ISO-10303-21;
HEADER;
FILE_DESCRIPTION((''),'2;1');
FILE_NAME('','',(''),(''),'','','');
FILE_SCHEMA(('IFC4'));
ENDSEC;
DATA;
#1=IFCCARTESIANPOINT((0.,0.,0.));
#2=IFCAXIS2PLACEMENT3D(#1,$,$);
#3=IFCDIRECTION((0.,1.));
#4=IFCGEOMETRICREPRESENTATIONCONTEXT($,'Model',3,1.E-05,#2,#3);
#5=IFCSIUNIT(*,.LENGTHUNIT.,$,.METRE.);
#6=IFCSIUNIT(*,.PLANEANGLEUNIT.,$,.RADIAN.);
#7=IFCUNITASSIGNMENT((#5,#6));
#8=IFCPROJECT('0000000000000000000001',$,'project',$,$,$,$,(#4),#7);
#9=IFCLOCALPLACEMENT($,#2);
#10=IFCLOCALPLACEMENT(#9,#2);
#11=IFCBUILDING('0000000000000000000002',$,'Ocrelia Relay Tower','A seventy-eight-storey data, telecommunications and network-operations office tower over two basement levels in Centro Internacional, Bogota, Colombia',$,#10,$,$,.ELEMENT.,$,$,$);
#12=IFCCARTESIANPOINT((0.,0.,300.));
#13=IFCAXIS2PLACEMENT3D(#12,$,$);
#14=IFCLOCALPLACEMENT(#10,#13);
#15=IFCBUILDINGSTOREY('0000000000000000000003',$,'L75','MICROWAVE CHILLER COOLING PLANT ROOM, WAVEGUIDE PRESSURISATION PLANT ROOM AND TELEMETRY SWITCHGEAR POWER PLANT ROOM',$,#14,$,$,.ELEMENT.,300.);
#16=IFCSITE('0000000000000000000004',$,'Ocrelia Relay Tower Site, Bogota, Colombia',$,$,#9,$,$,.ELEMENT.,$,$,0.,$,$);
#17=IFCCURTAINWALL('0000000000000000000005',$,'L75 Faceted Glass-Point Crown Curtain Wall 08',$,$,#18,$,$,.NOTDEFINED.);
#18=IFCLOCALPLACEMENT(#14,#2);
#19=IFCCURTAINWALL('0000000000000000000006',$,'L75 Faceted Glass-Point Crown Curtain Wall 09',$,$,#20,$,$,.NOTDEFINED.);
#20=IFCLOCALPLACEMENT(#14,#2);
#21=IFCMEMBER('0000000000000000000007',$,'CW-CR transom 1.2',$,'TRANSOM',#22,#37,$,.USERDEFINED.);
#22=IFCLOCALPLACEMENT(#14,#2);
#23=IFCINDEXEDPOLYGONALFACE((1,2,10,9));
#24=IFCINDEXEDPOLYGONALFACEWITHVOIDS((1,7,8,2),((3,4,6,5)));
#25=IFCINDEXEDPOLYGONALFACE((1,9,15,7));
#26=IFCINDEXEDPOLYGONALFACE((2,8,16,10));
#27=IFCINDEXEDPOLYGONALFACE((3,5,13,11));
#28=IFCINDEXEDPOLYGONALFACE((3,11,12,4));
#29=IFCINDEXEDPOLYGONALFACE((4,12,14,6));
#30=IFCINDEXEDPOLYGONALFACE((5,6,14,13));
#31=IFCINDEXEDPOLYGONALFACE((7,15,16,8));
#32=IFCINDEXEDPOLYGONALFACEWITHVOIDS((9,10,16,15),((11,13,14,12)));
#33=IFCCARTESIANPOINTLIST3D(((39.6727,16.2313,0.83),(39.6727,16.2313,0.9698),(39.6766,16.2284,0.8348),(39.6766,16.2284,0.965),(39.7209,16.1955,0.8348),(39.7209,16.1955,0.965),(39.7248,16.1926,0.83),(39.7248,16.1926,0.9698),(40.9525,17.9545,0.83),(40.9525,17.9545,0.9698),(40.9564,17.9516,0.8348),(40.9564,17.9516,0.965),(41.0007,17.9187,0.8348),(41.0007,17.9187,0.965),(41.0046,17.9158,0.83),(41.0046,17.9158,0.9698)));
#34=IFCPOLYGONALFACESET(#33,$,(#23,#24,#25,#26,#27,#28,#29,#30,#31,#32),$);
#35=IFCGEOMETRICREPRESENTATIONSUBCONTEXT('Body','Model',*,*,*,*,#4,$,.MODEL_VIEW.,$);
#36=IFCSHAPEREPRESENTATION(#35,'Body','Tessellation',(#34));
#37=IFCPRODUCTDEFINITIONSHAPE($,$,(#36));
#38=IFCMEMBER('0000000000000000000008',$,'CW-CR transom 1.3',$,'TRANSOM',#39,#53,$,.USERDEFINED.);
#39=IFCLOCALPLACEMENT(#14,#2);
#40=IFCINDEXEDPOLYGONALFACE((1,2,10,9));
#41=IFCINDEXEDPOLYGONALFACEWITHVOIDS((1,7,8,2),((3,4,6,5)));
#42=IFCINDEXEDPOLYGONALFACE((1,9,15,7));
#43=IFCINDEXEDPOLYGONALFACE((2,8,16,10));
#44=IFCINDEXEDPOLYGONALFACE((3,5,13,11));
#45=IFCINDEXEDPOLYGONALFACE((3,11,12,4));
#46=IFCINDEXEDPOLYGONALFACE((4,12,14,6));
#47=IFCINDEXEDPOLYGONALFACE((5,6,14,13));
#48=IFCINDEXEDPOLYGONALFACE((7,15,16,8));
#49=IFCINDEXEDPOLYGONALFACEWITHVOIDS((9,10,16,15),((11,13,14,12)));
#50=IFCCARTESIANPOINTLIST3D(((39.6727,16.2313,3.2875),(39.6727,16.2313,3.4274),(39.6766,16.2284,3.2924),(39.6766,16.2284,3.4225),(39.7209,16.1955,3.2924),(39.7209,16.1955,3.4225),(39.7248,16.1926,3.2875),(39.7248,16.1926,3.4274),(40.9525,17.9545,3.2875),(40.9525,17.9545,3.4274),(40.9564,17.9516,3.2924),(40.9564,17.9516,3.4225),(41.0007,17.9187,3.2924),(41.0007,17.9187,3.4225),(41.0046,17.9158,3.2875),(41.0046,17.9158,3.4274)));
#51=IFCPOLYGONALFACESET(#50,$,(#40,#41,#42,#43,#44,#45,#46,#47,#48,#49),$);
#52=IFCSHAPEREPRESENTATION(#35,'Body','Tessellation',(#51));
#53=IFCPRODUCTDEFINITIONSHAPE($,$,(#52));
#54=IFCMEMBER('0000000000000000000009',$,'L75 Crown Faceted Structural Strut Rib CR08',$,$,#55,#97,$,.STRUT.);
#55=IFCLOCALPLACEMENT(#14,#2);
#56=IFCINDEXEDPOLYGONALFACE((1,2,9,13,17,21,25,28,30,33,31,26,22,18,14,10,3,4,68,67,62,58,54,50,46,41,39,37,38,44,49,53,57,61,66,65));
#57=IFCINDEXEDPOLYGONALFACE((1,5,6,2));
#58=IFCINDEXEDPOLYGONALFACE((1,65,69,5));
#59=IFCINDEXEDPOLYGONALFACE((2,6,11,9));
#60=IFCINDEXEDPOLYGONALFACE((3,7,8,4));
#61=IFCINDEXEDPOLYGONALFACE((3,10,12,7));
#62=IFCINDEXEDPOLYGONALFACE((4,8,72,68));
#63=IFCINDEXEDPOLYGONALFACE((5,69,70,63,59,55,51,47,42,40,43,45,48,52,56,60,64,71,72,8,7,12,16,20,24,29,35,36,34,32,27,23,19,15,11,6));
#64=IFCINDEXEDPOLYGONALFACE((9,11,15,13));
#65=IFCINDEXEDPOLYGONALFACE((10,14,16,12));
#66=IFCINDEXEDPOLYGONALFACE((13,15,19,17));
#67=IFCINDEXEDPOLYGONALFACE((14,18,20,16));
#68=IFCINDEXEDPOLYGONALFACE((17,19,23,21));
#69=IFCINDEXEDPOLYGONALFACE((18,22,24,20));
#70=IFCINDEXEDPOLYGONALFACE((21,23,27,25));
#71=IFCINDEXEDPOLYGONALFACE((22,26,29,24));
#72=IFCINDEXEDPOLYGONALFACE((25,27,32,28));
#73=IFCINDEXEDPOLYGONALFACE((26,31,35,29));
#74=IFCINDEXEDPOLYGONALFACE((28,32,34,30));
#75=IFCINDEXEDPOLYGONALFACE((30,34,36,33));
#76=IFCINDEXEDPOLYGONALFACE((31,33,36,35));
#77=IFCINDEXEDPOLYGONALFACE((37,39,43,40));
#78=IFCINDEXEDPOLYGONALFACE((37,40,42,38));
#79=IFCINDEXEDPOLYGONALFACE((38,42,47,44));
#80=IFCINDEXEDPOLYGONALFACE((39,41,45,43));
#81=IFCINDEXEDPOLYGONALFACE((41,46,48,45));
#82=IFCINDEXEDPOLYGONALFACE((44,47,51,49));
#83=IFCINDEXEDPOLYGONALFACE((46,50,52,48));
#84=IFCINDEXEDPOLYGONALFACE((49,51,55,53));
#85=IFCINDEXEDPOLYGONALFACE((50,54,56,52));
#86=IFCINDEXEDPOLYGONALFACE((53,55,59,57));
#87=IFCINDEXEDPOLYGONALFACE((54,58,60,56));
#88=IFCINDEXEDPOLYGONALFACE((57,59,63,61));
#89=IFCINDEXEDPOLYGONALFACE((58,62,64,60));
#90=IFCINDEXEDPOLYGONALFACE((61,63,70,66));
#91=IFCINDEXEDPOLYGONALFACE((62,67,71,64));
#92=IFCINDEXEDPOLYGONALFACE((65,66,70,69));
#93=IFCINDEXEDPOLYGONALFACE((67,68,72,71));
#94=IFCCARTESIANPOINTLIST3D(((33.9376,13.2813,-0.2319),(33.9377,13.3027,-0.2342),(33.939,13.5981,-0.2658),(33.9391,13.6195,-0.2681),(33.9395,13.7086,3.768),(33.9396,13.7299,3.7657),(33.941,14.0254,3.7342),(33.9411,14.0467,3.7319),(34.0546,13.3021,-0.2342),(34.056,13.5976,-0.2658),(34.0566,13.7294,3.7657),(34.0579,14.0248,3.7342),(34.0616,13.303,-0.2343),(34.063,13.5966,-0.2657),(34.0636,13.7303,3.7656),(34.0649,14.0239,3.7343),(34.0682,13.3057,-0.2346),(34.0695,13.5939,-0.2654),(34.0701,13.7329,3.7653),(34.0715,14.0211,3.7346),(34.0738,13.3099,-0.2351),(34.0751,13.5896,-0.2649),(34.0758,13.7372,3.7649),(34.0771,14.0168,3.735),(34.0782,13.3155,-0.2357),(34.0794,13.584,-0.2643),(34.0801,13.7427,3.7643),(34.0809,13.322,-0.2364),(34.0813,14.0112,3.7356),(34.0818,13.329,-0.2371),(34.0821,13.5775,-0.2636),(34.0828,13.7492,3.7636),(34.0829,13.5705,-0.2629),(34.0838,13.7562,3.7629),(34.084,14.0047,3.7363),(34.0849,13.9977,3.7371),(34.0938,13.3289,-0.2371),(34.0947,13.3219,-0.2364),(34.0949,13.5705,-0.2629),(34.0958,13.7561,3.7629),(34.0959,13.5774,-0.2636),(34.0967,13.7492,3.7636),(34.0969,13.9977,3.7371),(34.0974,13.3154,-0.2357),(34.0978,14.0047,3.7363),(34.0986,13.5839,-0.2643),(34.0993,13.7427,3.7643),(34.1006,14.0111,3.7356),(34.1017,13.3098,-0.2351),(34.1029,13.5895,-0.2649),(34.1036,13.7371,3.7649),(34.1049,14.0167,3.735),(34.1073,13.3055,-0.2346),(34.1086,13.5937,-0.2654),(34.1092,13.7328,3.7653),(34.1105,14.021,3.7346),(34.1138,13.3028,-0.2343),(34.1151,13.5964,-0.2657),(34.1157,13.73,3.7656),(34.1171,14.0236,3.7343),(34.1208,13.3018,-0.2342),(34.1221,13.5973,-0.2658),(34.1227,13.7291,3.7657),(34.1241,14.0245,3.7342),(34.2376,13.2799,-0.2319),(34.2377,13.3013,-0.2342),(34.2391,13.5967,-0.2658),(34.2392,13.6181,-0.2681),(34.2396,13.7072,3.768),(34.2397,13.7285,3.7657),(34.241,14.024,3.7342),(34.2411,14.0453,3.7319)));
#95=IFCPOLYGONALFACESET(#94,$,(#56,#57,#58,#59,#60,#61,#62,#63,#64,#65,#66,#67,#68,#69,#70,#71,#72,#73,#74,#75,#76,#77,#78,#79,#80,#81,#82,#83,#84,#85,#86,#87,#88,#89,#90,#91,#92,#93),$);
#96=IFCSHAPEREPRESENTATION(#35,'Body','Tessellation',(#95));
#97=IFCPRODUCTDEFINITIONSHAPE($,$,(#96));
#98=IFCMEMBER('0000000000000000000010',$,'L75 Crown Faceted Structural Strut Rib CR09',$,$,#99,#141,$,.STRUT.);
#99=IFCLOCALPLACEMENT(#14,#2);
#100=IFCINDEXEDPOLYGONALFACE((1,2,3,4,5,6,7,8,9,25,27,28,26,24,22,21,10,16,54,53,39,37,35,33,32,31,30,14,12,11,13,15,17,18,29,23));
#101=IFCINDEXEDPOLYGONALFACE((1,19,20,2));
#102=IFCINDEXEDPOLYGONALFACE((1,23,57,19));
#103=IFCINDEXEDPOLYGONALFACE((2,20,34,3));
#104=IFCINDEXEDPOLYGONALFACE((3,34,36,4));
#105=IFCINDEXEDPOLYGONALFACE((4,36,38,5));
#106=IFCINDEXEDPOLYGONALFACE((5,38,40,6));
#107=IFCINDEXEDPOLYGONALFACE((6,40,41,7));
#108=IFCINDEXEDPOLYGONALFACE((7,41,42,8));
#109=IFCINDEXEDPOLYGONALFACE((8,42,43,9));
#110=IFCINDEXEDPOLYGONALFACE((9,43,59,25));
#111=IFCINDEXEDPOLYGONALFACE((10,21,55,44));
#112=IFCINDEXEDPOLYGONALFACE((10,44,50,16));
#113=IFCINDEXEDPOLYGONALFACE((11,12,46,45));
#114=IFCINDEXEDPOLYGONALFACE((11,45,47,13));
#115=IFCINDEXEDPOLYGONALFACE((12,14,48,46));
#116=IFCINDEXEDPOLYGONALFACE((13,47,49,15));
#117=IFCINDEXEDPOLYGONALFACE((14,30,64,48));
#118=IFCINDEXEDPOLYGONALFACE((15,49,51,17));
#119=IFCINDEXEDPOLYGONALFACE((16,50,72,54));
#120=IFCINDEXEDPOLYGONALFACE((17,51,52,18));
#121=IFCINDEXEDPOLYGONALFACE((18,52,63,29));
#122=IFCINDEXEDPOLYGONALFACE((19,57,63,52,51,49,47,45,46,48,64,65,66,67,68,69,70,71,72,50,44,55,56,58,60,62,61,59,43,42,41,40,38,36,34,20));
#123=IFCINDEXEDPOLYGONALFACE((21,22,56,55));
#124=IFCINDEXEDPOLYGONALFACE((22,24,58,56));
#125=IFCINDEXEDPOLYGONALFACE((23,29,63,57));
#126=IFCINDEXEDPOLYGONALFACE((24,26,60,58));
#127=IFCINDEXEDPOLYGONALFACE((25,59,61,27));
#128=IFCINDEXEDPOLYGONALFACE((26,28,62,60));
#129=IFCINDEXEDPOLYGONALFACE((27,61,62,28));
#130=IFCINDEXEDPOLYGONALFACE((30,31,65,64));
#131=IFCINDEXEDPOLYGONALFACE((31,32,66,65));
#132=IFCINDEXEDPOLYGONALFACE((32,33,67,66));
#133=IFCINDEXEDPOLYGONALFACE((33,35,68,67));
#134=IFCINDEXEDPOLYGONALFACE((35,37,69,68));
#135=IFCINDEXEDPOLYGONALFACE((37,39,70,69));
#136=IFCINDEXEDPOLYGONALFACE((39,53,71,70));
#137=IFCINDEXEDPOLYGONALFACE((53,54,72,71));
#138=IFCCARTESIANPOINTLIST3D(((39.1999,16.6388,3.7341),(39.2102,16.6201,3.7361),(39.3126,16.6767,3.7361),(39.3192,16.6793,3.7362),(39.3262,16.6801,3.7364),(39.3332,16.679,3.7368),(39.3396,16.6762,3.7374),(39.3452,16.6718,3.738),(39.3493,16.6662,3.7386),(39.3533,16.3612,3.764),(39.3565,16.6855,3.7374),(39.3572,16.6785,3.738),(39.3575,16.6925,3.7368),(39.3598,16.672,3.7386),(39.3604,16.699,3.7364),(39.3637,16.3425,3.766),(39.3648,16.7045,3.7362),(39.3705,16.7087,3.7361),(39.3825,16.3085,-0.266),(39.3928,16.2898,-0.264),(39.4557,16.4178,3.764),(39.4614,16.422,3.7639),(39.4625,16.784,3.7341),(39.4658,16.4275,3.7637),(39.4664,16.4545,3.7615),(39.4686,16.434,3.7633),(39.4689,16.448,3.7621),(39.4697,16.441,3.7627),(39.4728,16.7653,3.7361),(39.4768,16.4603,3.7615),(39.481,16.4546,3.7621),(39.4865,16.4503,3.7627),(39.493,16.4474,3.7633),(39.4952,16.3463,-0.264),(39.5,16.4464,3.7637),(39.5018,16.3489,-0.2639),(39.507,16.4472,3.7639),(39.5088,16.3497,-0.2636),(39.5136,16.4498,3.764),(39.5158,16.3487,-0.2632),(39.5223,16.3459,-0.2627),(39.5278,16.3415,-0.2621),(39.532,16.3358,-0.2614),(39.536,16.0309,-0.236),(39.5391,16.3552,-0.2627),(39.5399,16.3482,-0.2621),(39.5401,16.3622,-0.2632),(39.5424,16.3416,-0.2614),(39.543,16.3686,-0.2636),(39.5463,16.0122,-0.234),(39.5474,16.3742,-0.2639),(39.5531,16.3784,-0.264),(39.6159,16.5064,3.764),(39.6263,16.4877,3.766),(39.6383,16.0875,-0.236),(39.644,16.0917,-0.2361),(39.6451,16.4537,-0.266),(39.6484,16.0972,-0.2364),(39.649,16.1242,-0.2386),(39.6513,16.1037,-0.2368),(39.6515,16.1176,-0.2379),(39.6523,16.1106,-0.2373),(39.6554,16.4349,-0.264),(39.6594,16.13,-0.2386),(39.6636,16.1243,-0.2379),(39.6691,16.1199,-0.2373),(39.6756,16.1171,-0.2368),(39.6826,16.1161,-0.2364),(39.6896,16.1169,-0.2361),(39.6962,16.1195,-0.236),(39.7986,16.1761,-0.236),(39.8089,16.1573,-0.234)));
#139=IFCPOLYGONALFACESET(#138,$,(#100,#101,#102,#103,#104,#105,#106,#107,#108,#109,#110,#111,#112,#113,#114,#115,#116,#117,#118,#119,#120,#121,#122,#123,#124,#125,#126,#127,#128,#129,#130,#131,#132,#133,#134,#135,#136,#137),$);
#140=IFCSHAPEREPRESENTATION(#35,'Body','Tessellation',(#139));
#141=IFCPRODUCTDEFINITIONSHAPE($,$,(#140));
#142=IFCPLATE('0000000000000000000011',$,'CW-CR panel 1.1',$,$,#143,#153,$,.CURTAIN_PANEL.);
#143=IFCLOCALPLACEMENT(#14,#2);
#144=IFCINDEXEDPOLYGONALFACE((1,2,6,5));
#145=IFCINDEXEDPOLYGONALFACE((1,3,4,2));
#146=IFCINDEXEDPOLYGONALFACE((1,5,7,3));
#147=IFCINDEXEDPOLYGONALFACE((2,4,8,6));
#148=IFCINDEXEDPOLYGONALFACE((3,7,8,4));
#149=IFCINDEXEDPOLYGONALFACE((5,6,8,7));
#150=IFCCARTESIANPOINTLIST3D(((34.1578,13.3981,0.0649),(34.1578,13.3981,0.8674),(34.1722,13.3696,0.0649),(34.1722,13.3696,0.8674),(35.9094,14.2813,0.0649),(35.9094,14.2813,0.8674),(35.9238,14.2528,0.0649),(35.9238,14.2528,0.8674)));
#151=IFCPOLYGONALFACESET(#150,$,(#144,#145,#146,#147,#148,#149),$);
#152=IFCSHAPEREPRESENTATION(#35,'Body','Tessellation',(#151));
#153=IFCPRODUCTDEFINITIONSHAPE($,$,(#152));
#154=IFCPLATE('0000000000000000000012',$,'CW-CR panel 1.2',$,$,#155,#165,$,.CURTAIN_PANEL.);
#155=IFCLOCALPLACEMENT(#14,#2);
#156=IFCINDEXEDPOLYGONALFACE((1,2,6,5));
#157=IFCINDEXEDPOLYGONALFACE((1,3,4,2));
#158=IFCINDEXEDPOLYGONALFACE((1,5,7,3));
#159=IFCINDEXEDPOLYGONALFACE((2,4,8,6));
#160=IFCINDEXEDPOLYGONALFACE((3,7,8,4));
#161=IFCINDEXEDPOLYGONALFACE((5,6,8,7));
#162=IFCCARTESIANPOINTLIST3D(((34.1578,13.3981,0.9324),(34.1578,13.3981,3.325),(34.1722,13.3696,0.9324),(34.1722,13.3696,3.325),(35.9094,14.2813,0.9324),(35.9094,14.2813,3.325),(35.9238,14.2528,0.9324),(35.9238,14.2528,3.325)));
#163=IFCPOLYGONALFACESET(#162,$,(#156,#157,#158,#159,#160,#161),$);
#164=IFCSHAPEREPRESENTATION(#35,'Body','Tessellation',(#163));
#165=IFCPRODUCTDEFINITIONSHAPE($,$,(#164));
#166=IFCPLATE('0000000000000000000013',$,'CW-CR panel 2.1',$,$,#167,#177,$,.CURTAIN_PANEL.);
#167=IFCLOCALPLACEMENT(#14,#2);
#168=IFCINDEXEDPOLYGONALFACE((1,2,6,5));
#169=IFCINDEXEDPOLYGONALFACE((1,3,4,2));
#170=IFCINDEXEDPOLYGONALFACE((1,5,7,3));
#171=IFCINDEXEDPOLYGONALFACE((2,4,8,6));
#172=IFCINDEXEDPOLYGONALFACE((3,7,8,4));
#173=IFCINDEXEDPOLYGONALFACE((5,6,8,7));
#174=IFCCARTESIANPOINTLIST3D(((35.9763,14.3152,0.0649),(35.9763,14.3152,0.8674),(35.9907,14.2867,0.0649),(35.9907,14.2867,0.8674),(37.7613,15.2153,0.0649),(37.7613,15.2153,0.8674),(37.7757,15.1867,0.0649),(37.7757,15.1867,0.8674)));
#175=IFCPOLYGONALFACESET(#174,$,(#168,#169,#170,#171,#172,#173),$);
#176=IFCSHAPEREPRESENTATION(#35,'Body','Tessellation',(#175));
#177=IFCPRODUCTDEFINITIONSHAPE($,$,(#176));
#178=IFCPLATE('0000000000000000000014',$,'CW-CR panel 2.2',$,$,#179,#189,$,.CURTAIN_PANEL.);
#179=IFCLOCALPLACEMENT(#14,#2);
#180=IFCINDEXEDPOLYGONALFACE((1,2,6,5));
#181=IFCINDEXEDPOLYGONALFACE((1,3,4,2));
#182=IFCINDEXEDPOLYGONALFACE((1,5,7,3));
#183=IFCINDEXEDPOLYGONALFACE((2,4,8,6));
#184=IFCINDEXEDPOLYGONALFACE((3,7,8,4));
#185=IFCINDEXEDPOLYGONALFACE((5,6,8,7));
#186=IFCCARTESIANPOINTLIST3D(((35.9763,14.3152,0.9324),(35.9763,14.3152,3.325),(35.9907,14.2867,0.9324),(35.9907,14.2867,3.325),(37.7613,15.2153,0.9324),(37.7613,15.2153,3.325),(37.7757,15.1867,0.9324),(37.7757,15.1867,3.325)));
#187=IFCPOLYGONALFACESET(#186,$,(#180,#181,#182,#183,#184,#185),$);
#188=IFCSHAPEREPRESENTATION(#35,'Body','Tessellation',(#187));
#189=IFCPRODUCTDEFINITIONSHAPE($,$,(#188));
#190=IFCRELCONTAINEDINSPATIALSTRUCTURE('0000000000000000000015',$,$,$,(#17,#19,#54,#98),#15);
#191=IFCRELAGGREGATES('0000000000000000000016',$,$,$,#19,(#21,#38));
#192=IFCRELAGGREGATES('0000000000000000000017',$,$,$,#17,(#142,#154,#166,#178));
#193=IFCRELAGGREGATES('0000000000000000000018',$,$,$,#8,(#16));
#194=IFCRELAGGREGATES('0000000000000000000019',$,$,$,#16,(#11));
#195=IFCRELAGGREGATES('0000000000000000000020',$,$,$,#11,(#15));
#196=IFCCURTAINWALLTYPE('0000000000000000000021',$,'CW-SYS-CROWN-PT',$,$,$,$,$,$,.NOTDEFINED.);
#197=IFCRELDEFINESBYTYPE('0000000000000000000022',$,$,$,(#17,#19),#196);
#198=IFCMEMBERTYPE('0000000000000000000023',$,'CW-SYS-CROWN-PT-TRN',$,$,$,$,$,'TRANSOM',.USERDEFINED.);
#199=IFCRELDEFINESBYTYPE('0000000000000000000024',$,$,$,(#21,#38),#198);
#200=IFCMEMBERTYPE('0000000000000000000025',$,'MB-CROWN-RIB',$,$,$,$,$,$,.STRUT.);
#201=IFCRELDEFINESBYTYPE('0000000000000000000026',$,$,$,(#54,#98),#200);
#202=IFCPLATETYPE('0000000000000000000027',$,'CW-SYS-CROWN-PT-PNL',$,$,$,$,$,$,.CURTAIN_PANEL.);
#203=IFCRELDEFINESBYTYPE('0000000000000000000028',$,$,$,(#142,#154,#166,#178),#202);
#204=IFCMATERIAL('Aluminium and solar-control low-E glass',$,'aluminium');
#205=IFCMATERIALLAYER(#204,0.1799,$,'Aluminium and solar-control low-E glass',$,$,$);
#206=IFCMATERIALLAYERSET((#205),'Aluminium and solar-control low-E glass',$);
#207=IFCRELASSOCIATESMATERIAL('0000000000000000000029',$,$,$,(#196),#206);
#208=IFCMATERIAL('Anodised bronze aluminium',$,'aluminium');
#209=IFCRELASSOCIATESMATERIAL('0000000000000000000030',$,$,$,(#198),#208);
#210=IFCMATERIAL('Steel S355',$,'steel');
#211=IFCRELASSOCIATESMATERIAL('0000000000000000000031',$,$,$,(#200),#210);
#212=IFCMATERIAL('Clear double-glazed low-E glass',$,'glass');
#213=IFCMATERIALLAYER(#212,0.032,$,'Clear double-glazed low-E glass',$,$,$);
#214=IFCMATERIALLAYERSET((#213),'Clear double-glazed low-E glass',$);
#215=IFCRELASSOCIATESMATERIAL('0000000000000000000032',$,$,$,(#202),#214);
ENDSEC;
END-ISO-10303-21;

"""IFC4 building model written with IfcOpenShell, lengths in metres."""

from ifc_helpers import new_model, si_unit, direction, frame, origin, origin_2d, place, context, subcontext, project, spatial, rectangle, hollow_rectangle, i_section, extrude, material, layer, layer_set, material_profile, profile_set, type_object, element, aggregate, save


model = new_model("IFC4")

# Units and contexts
model_context = context("Model", 3, precision=1e-05, world=origin(), true_north=direction((0.0, 1.0)))
body_context = subcontext(model_context, "Body", "Model", "MODEL_VIEW")
ifc_project = project(units=[si_unit("LENGTHUNIT", "METRE"), si_unit("PLANEANGLEUNIT", "RADIAN")], contexts=[model_context])

# Site, building, storey
site_placement = place(None, origin())
site = spatial("IfcSite", under=ifc_project, at=site_placement, Name="Ocrelia Relay Tower Site, Bogota, Colombia", CompositionType="ELEMENT", RefElevation=0.0)
building_placement = place(site_placement, origin())
building = spatial("IfcBuilding", under=site, at=building_placement, Name="Ocrelia Relay Tower", Description="A seventy-eight-storey data, telecommunications and network-operations office tower over two basement levels in Centro Internacional, Bogota, Colombia", CompositionType="ELEMENT")
storey_placement = place(building_placement, frame((0.0, 0.0, 300.0)))
storey = spatial("IfcBuildingStorey", under=building, at=storey_placement, Name="L75", Description="MICROWAVE CHILLER COOLING PLANT ROOM, WAVEGUIDE PRESSURISATION PLANT ROOM AND TELEMETRY SWITCHGEAR POWER PLANT ROOM", CompositionType="ELEMENT", Elevation=300.0)

# Shared definitions
ifc_material_1 = material(Name="Steel S355", Category="steel")

# Shared definitions
ifc_material_2 = material(Name="Aluminium and solar-control low-E glass", Category="aluminium")
ifc_layer_1 = layer(ifc_material_2, 0.1799, Name="Aluminium and solar-control low-E glass")
ifc_layer_set_1 = layer_set([ifc_layer_1], Name="Aluminium and solar-control low-E glass")
curtain_wall_type = type_object("IfcCurtainWallType", Name="CW-SYS-CROWN-PT", PredefinedType="NOTDEFINED", material=ifc_layer_set_1)
ifc_material_3 = material(Name="Anodised bronze aluminium", Category="aluminium")

# Curtain wall
curtain_wall_1_placement = place(storey_placement, origin())
curtain_wall_1 = element("IfcCurtainWall", 1, at=curtain_wall_1_placement, inside=storey, type_object=curtain_wall_type, Name="L75 Faceted Glass-Point Crown Curtain Wall 08", PredefinedType="NOTDEFINED")

# Curtain wall
curtain_wall_2_placement = place(storey_placement, origin())
curtain_wall_2 = element("IfcCurtainWall", 2, at=curtain_wall_2_placement, inside=storey, type_object=curtain_wall_type, Name="L75 Faceted Glass-Point Crown Curtain Wall 09", PredefinedType="NOTDEFINED")

# Members
ifc_material_profile_1 = material_profile(ifc_material_3, hollow_rectangle(XDim=0.0649, YDim=0.1399, WallThickness=0.0049, at=origin_2d()), Name="CW-TRN-140x65")
ifc_profile_set_1 = profile_set([ifc_material_profile_1], Name="Anodised bronze aluminium")
member_type_1 = type_object("IfcMemberType", Name="CW-SYS-CROWN-PT-TRN", ElementType="TRANSOM", PredefinedType="USERDEFINED", material=ifc_profile_set_1)
member_1_placement = place(storey_placement, frame((39.6987, 16.2119, 0.8999), z_axis=(0.596244, 0.802803, 0.0), x_axis=(-0.802803, 0.596244, 0.0)))
member_1 = element("IfcMember", 3, at=member_1_placement, type_object=member_type_1, Name="CW-CR transom 1.2", ObjectType="TRANSOM", PredefinedType="USERDEFINED", context=body_context, shape_type="SweptSolid", body=[
    extrude(hollow_rectangle(XDim=0.0649, YDim=0.1399, WallThickness=0.0049, at=origin_2d()), origin(), (0.0, 0.0, 1.0), 2.1465),
])
member_2_placement = place(storey_placement, frame((39.6987, 16.2119, 3.3574), z_axis=(0.596244, 0.802803, 0.0), x_axis=(-0.802803, 0.596244, 0.0)))
member_2 = element("IfcMember", 4, at=member_2_placement, type_object=member_type_1, Name="CW-CR transom 1.3", ObjectType="TRANSOM", PredefinedType="USERDEFINED", context=body_context, shape_type="SweptSolid", body=[
    extrude(hollow_rectangle(XDim=0.0649, YDim=0.1399, WallThickness=0.0049, at=origin_2d()), origin(), (0.0, 0.0, 1.0), 2.1465),
])
aggregate(curtain_wall_2, [member_1, member_2])

# Members
ifc_material_profile_2 = material_profile(ifc_material_1, i_section(OverallWidth=0.3, OverallDepth=0.3401, WebThickness=0.012, FlangeThickness=0.0215, FilletRadius=0.0271, at=origin_2d()), Name="HEB 340")
ifc_profile_set_2 = profile_set([ifc_material_profile_2], Name="Steel S355")
member_type_2 = type_object("IfcMemberType", Name="MB-CROWN-RIB", PredefinedType="STRUT", material=ifc_profile_set_2)
member_3_placement = place(storey_placement, frame((34.0884, 13.4497, -0.25), z_axis=(0.000486, 0.106207, 0.994344), x_axis=(-0.99999, 0.004571, 0.0)))
element("IfcMember", 5, at=member_3_placement, inside=storey, type_object=member_type_2, Name="L75 Crown Faceted Structural Strut Rib CR08", PredefinedType="STRUT", context=body_context, shape_type="SweptSolid", body=[
    extrude(i_section(OverallWidth=0.3, OverallDepth=0.3401, WebThickness=0.012, FlangeThickness=0.0215, FilletRadius=0.0271, at=origin_2d()), origin(), (0.0, 0.0, 1.0), 4.0227),
])
member_4_placement = place(storey_placement, frame((39.5957, 16.2329, -0.25), z_axis=(-0.045452, 0.082215, 0.995578), x_axis=(-0.875162, -0.48383, 0.0)))
element("IfcMember", 6, at=member_4_placement, inside=storey, type_object=member_type_2, Name="L75 Crown Faceted Structural Strut Rib CR09", PredefinedType="STRUT", context=body_context, shape_type="SweptSolid", body=[
    extrude(i_section(OverallWidth=0.3, OverallDepth=0.3401, WebThickness=0.012, FlangeThickness=0.0215, FilletRadius=0.0271, at=origin_2d()), origin(), (0.0, 0.0, 1.0), 4.0178),
])

# Plates
ifc_material_4 = material(Name="Clear double-glazed low-E glass", Category="glass")
ifc_layer_2 = layer(ifc_material_4, 0.032, Name="Clear double-glazed low-E glass")
ifc_layer_set_2 = layer_set([ifc_layer_2], Name="Clear double-glazed low-E glass")
plate_type = type_object("IfcPlateType", Name="CW-SYS-CROWN-PT-PNL", PredefinedType="CURTAIN_PANEL", material=ifc_layer_set_2)
plate_1_placement = place(storey_placement, frame((35.0408, 13.8254, 0.0649), z_axis=(0.0, 0.0, 1.0), x_axis=(0.892911, 0.450232, 0.0)))
plate_1 = element("IfcPlate", 7, at=plate_1_placement, type_object=plate_type, Name="CW-CR panel 1.1", PredefinedType="CURTAIN_PANEL", context=body_context, shape_type="SweptSolid", body=[
    extrude(rectangle(XDim=1.9617, YDim=0.032, at=origin_2d()), origin(), (0.0, 0.0, 1.0), 0.8025),
])
plate_2_placement = place(storey_placement, frame((35.0408, 13.8254, 0.9324), z_axis=(0.0, 0.0, 1.0), x_axis=(0.892911, 0.450232, 0.0)))
plate_2 = element("IfcPlate", 8, at=plate_2_placement, type_object=plate_type, Name="CW-CR panel 1.2", PredefinedType="CURTAIN_PANEL", context=body_context, shape_type="SweptSolid", body=[
    extrude(rectangle(XDim=1.9617, YDim=0.032, at=origin_2d()), origin(), (0.0, 0.0, 1.0), 2.3926),
])
plate_3_placement = place(storey_placement, frame((36.876, 14.751, 0.0649), z_axis=(0.0, 0.0, 1.0), x_axis=(0.892911, 0.450232, 0.0)))
plate_3 = element("IfcPlate", 9, at=plate_3_placement, type_object=plate_type, Name="CW-CR panel 2.1", PredefinedType="CURTAIN_PANEL", context=body_context, shape_type="SweptSolid", body=[
    extrude(rectangle(XDim=1.999, YDim=0.032, at=origin_2d()), origin(), (0.0, 0.0, 1.0), 0.8025),
])
plate_4_placement = place(storey_placement, frame((36.876, 14.751, 0.9324), z_axis=(0.0, 0.0, 1.0), x_axis=(0.892911, 0.450232, 0.0)))
plate_4 = element("IfcPlate", 10, at=plate_4_placement, type_object=plate_type, Name="CW-CR panel 2.2", PredefinedType="CURTAIN_PANEL", context=body_context, shape_type="SweptSolid", body=[
    extrude(rectangle(XDim=1.999, YDim=0.032, at=origin_2d()), origin(), (0.0, 0.0, 1.0), 2.3926),
])
aggregate(curtain_wall_1, [plate_1, plate_2, plate_3, plate_4])

save(model, "model.ifc")
